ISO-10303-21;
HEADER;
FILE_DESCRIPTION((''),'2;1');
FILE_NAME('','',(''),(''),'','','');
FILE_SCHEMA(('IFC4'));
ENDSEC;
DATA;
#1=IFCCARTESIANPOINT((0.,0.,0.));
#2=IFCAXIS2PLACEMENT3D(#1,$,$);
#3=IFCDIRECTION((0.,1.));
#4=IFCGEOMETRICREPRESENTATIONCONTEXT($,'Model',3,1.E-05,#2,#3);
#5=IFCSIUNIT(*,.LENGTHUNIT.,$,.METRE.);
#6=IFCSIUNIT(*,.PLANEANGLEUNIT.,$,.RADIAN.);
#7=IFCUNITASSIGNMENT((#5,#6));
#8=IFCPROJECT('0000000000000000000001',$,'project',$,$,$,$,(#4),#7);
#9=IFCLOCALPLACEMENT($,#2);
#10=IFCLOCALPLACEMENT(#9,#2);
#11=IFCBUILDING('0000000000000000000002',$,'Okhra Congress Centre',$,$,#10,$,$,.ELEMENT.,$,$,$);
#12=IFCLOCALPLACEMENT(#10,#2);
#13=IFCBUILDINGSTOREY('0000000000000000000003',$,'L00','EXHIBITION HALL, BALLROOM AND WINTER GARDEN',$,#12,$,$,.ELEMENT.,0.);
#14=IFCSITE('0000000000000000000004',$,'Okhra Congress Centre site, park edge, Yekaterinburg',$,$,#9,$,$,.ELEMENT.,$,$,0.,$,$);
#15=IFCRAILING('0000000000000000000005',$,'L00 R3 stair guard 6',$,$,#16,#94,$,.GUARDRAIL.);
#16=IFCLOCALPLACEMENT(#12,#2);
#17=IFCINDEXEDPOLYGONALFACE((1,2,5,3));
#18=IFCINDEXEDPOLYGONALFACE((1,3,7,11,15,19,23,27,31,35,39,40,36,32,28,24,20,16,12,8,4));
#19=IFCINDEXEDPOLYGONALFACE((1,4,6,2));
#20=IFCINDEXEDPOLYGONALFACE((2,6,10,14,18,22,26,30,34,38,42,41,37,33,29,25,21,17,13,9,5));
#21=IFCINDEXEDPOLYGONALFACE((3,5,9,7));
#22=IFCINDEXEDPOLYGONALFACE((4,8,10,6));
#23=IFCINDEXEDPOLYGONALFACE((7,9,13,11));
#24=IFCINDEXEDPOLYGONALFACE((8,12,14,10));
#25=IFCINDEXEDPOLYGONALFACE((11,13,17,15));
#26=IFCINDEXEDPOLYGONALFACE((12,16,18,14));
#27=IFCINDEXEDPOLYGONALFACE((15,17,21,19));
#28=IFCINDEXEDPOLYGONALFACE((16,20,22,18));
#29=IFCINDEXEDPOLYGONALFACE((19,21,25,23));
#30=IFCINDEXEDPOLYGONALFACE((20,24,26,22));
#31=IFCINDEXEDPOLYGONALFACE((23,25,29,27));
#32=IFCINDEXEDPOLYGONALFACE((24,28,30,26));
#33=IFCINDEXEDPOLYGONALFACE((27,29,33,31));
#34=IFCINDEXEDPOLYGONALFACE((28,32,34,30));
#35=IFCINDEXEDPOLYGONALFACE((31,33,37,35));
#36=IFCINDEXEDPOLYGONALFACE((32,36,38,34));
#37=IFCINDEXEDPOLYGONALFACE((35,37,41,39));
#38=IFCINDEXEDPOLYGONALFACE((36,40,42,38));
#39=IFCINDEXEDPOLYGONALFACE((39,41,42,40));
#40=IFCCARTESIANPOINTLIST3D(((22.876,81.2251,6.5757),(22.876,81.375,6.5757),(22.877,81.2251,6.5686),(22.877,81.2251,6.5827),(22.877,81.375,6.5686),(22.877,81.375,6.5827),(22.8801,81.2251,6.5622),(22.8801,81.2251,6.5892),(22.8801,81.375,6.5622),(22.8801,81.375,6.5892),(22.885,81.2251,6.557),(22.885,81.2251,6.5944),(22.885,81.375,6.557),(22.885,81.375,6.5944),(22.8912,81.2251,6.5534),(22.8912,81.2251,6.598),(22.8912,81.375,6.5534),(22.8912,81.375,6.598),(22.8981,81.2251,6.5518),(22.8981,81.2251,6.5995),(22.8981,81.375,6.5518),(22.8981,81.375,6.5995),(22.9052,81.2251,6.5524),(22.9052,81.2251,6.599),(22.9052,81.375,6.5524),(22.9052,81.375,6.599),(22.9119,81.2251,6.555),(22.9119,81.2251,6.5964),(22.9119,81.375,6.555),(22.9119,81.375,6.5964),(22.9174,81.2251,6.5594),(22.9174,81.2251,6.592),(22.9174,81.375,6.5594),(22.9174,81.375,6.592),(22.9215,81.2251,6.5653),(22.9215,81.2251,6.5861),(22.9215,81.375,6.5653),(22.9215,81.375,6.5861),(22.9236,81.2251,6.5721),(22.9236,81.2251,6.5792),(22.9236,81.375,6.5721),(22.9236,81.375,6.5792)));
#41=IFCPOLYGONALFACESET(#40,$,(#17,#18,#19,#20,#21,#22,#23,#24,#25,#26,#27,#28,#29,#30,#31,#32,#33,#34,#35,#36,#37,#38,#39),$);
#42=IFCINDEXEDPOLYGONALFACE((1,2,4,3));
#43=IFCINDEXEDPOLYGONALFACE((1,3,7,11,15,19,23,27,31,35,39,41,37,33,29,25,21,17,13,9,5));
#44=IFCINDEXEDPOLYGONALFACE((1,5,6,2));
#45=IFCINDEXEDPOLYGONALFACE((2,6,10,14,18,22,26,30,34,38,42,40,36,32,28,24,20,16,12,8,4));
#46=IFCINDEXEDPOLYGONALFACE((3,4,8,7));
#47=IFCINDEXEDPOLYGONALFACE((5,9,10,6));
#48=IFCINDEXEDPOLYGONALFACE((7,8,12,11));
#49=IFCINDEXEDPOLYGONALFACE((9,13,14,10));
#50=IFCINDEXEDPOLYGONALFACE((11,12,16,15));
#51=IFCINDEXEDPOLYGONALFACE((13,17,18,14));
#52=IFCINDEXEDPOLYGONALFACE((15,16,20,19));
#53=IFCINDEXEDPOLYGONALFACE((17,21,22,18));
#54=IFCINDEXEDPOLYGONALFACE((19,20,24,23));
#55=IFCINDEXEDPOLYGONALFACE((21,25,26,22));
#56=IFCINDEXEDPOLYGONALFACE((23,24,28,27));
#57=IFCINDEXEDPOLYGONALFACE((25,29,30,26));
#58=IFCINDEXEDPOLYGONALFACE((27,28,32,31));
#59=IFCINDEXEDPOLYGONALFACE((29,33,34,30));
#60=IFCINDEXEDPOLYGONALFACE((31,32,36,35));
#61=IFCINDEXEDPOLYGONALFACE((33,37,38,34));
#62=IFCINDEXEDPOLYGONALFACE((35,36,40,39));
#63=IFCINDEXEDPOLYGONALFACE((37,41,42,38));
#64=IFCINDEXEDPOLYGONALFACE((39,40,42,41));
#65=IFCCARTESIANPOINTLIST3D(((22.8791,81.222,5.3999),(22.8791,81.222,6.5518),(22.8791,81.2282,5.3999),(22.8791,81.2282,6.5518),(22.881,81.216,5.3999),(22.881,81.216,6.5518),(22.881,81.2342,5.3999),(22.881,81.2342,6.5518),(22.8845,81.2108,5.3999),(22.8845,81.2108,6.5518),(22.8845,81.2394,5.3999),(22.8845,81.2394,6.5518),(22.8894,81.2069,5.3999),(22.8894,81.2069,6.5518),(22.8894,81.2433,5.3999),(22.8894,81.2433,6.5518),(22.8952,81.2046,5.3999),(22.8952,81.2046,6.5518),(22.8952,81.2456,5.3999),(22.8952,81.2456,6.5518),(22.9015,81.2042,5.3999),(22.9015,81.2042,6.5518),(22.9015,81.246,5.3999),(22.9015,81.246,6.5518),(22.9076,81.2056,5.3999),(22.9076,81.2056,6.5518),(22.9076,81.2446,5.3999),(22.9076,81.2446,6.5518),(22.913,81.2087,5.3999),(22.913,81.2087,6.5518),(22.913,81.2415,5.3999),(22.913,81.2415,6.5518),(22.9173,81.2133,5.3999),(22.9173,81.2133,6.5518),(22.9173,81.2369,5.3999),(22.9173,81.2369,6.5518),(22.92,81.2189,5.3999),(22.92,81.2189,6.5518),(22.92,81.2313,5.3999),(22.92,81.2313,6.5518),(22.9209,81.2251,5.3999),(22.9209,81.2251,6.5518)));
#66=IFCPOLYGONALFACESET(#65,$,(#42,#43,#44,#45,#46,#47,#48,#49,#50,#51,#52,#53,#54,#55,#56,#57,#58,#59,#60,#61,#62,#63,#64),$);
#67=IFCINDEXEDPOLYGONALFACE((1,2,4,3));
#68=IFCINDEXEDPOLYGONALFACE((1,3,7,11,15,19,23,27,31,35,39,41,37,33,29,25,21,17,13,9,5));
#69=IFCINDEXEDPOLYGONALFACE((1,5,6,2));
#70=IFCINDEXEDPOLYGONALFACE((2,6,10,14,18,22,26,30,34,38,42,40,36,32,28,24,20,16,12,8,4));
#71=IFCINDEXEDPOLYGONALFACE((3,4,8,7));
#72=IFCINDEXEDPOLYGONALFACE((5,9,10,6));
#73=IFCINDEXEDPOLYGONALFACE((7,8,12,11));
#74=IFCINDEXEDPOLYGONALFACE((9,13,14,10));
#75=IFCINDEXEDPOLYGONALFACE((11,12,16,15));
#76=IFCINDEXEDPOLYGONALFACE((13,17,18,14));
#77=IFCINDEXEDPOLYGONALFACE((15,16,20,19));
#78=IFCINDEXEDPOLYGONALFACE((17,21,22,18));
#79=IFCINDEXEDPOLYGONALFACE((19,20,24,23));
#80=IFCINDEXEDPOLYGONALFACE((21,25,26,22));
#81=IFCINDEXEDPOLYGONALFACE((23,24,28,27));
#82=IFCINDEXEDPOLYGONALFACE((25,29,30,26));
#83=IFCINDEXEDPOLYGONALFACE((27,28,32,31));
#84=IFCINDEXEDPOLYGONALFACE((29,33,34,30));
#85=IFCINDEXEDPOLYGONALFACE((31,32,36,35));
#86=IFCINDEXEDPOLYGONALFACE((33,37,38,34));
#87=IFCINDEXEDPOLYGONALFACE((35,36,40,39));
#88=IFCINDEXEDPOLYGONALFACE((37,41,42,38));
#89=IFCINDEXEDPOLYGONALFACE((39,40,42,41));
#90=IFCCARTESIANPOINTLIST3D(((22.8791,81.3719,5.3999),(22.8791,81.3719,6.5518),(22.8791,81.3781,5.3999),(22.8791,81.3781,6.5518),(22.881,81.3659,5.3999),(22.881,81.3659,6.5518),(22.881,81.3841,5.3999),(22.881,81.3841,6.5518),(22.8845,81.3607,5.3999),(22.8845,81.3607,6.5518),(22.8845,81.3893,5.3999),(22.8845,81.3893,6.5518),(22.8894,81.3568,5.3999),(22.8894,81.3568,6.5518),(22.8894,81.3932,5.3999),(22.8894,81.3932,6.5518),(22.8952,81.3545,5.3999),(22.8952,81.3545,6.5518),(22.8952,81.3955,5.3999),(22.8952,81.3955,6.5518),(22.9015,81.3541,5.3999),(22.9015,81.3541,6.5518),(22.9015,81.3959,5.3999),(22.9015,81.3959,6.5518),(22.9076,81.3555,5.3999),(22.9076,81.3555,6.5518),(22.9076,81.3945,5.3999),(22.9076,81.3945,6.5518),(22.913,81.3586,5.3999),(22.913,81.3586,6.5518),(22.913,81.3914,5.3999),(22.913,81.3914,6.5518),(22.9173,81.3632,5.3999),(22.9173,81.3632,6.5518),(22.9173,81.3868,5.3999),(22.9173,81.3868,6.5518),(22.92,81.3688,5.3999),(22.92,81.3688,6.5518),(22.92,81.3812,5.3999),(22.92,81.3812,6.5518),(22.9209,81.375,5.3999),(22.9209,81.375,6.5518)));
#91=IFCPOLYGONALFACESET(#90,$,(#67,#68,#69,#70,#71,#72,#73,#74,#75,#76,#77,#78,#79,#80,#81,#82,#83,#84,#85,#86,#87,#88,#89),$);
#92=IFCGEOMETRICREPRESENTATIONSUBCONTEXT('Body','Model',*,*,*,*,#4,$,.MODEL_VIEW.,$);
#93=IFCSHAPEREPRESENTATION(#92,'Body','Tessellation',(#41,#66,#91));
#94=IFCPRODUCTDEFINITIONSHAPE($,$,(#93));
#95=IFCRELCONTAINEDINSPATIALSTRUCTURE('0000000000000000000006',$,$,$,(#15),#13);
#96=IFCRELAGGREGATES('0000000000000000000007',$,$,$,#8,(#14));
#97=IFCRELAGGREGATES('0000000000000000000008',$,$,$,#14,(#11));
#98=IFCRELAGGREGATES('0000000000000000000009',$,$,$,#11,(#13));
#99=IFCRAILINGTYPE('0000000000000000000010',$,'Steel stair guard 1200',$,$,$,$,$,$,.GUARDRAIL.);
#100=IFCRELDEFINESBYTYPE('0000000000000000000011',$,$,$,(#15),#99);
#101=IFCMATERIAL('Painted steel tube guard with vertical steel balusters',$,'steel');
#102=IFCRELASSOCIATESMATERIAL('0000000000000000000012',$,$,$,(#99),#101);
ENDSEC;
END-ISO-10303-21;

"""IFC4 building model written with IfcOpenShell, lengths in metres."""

from ifc_helpers import new_model, si_unit, direction, frame, origin, origin_2d, place, context, subcontext, project, spatial, circle, extrude, material, type_object, element, save


model = new_model("IFC4")

# Units and contexts
model_context = context("Model", 3, precision=1e-05, world=origin(), true_north=direction((0.0, 1.0)))
body_context = subcontext(model_context, "Body", "Model", "MODEL_VIEW")
ifc_project = project(units=[si_unit("LENGTHUNIT", "METRE"), si_unit("PLANEANGLEUNIT", "RADIAN")], contexts=[model_context])

# Site, building, storey
site_placement = place(None, origin())
site = spatial("IfcSite", under=ifc_project, at=site_placement, Name="Okhra Congress Centre site, park edge, Yekaterinburg", CompositionType="ELEMENT", RefElevation=0.0)
building_placement = place(site_placement, origin())
building = spatial("IfcBuilding", under=site, at=building_placement, Name="Okhra Congress Centre", CompositionType="ELEMENT")
storey_placement = place(building_placement, origin())
storey = spatial("IfcBuildingStorey", under=building, at=storey_placement, Name="L00", Description="EXHIBITION HALL, BALLROOM AND WINTER GARDEN", CompositionType="ELEMENT", Elevation=0.0)

# Railing
ifc_material_1 = material(Name="Painted steel tube guard with vertical steel balusters", Category="steel")
railing_type_1 = type_object("IfcRailingType", Name="Steel stair guard 1200", PredefinedType="GUARDRAIL", material=ifc_material_1)
railing_1_placement = place(storey_placement, frame((22.8999, 81.2251, 5.3999)))
element("IfcRailing", 1, at=railing_1_placement, inside=storey, type_object=railing_type_1, Name="L00 R3 stair guard 6", PredefinedType="GUARDRAIL", context=body_context, shape_type="SweptSolid", body=[
    extrude(circle(Radius=0.0239, at=origin_2d()), frame((0.0, 0.0, 1.1758), z_axis=(0.0, 1.0, 0.0), x_axis=(-1.0, 0.0, 0.0)), (0.0, 0.0, 1.0), 0.1499),
    extrude(circle(Radius=0.021, at=origin_2d()), origin(), (0.0, 0.0, 1.0), 1.1519),
    extrude(circle(Radius=0.021, at=origin_2d()), frame((0.0, 0.1499, 0.0)), (0.0, 0.0, 1.0), 1.1519),
])

save(model, "model.ifc")
